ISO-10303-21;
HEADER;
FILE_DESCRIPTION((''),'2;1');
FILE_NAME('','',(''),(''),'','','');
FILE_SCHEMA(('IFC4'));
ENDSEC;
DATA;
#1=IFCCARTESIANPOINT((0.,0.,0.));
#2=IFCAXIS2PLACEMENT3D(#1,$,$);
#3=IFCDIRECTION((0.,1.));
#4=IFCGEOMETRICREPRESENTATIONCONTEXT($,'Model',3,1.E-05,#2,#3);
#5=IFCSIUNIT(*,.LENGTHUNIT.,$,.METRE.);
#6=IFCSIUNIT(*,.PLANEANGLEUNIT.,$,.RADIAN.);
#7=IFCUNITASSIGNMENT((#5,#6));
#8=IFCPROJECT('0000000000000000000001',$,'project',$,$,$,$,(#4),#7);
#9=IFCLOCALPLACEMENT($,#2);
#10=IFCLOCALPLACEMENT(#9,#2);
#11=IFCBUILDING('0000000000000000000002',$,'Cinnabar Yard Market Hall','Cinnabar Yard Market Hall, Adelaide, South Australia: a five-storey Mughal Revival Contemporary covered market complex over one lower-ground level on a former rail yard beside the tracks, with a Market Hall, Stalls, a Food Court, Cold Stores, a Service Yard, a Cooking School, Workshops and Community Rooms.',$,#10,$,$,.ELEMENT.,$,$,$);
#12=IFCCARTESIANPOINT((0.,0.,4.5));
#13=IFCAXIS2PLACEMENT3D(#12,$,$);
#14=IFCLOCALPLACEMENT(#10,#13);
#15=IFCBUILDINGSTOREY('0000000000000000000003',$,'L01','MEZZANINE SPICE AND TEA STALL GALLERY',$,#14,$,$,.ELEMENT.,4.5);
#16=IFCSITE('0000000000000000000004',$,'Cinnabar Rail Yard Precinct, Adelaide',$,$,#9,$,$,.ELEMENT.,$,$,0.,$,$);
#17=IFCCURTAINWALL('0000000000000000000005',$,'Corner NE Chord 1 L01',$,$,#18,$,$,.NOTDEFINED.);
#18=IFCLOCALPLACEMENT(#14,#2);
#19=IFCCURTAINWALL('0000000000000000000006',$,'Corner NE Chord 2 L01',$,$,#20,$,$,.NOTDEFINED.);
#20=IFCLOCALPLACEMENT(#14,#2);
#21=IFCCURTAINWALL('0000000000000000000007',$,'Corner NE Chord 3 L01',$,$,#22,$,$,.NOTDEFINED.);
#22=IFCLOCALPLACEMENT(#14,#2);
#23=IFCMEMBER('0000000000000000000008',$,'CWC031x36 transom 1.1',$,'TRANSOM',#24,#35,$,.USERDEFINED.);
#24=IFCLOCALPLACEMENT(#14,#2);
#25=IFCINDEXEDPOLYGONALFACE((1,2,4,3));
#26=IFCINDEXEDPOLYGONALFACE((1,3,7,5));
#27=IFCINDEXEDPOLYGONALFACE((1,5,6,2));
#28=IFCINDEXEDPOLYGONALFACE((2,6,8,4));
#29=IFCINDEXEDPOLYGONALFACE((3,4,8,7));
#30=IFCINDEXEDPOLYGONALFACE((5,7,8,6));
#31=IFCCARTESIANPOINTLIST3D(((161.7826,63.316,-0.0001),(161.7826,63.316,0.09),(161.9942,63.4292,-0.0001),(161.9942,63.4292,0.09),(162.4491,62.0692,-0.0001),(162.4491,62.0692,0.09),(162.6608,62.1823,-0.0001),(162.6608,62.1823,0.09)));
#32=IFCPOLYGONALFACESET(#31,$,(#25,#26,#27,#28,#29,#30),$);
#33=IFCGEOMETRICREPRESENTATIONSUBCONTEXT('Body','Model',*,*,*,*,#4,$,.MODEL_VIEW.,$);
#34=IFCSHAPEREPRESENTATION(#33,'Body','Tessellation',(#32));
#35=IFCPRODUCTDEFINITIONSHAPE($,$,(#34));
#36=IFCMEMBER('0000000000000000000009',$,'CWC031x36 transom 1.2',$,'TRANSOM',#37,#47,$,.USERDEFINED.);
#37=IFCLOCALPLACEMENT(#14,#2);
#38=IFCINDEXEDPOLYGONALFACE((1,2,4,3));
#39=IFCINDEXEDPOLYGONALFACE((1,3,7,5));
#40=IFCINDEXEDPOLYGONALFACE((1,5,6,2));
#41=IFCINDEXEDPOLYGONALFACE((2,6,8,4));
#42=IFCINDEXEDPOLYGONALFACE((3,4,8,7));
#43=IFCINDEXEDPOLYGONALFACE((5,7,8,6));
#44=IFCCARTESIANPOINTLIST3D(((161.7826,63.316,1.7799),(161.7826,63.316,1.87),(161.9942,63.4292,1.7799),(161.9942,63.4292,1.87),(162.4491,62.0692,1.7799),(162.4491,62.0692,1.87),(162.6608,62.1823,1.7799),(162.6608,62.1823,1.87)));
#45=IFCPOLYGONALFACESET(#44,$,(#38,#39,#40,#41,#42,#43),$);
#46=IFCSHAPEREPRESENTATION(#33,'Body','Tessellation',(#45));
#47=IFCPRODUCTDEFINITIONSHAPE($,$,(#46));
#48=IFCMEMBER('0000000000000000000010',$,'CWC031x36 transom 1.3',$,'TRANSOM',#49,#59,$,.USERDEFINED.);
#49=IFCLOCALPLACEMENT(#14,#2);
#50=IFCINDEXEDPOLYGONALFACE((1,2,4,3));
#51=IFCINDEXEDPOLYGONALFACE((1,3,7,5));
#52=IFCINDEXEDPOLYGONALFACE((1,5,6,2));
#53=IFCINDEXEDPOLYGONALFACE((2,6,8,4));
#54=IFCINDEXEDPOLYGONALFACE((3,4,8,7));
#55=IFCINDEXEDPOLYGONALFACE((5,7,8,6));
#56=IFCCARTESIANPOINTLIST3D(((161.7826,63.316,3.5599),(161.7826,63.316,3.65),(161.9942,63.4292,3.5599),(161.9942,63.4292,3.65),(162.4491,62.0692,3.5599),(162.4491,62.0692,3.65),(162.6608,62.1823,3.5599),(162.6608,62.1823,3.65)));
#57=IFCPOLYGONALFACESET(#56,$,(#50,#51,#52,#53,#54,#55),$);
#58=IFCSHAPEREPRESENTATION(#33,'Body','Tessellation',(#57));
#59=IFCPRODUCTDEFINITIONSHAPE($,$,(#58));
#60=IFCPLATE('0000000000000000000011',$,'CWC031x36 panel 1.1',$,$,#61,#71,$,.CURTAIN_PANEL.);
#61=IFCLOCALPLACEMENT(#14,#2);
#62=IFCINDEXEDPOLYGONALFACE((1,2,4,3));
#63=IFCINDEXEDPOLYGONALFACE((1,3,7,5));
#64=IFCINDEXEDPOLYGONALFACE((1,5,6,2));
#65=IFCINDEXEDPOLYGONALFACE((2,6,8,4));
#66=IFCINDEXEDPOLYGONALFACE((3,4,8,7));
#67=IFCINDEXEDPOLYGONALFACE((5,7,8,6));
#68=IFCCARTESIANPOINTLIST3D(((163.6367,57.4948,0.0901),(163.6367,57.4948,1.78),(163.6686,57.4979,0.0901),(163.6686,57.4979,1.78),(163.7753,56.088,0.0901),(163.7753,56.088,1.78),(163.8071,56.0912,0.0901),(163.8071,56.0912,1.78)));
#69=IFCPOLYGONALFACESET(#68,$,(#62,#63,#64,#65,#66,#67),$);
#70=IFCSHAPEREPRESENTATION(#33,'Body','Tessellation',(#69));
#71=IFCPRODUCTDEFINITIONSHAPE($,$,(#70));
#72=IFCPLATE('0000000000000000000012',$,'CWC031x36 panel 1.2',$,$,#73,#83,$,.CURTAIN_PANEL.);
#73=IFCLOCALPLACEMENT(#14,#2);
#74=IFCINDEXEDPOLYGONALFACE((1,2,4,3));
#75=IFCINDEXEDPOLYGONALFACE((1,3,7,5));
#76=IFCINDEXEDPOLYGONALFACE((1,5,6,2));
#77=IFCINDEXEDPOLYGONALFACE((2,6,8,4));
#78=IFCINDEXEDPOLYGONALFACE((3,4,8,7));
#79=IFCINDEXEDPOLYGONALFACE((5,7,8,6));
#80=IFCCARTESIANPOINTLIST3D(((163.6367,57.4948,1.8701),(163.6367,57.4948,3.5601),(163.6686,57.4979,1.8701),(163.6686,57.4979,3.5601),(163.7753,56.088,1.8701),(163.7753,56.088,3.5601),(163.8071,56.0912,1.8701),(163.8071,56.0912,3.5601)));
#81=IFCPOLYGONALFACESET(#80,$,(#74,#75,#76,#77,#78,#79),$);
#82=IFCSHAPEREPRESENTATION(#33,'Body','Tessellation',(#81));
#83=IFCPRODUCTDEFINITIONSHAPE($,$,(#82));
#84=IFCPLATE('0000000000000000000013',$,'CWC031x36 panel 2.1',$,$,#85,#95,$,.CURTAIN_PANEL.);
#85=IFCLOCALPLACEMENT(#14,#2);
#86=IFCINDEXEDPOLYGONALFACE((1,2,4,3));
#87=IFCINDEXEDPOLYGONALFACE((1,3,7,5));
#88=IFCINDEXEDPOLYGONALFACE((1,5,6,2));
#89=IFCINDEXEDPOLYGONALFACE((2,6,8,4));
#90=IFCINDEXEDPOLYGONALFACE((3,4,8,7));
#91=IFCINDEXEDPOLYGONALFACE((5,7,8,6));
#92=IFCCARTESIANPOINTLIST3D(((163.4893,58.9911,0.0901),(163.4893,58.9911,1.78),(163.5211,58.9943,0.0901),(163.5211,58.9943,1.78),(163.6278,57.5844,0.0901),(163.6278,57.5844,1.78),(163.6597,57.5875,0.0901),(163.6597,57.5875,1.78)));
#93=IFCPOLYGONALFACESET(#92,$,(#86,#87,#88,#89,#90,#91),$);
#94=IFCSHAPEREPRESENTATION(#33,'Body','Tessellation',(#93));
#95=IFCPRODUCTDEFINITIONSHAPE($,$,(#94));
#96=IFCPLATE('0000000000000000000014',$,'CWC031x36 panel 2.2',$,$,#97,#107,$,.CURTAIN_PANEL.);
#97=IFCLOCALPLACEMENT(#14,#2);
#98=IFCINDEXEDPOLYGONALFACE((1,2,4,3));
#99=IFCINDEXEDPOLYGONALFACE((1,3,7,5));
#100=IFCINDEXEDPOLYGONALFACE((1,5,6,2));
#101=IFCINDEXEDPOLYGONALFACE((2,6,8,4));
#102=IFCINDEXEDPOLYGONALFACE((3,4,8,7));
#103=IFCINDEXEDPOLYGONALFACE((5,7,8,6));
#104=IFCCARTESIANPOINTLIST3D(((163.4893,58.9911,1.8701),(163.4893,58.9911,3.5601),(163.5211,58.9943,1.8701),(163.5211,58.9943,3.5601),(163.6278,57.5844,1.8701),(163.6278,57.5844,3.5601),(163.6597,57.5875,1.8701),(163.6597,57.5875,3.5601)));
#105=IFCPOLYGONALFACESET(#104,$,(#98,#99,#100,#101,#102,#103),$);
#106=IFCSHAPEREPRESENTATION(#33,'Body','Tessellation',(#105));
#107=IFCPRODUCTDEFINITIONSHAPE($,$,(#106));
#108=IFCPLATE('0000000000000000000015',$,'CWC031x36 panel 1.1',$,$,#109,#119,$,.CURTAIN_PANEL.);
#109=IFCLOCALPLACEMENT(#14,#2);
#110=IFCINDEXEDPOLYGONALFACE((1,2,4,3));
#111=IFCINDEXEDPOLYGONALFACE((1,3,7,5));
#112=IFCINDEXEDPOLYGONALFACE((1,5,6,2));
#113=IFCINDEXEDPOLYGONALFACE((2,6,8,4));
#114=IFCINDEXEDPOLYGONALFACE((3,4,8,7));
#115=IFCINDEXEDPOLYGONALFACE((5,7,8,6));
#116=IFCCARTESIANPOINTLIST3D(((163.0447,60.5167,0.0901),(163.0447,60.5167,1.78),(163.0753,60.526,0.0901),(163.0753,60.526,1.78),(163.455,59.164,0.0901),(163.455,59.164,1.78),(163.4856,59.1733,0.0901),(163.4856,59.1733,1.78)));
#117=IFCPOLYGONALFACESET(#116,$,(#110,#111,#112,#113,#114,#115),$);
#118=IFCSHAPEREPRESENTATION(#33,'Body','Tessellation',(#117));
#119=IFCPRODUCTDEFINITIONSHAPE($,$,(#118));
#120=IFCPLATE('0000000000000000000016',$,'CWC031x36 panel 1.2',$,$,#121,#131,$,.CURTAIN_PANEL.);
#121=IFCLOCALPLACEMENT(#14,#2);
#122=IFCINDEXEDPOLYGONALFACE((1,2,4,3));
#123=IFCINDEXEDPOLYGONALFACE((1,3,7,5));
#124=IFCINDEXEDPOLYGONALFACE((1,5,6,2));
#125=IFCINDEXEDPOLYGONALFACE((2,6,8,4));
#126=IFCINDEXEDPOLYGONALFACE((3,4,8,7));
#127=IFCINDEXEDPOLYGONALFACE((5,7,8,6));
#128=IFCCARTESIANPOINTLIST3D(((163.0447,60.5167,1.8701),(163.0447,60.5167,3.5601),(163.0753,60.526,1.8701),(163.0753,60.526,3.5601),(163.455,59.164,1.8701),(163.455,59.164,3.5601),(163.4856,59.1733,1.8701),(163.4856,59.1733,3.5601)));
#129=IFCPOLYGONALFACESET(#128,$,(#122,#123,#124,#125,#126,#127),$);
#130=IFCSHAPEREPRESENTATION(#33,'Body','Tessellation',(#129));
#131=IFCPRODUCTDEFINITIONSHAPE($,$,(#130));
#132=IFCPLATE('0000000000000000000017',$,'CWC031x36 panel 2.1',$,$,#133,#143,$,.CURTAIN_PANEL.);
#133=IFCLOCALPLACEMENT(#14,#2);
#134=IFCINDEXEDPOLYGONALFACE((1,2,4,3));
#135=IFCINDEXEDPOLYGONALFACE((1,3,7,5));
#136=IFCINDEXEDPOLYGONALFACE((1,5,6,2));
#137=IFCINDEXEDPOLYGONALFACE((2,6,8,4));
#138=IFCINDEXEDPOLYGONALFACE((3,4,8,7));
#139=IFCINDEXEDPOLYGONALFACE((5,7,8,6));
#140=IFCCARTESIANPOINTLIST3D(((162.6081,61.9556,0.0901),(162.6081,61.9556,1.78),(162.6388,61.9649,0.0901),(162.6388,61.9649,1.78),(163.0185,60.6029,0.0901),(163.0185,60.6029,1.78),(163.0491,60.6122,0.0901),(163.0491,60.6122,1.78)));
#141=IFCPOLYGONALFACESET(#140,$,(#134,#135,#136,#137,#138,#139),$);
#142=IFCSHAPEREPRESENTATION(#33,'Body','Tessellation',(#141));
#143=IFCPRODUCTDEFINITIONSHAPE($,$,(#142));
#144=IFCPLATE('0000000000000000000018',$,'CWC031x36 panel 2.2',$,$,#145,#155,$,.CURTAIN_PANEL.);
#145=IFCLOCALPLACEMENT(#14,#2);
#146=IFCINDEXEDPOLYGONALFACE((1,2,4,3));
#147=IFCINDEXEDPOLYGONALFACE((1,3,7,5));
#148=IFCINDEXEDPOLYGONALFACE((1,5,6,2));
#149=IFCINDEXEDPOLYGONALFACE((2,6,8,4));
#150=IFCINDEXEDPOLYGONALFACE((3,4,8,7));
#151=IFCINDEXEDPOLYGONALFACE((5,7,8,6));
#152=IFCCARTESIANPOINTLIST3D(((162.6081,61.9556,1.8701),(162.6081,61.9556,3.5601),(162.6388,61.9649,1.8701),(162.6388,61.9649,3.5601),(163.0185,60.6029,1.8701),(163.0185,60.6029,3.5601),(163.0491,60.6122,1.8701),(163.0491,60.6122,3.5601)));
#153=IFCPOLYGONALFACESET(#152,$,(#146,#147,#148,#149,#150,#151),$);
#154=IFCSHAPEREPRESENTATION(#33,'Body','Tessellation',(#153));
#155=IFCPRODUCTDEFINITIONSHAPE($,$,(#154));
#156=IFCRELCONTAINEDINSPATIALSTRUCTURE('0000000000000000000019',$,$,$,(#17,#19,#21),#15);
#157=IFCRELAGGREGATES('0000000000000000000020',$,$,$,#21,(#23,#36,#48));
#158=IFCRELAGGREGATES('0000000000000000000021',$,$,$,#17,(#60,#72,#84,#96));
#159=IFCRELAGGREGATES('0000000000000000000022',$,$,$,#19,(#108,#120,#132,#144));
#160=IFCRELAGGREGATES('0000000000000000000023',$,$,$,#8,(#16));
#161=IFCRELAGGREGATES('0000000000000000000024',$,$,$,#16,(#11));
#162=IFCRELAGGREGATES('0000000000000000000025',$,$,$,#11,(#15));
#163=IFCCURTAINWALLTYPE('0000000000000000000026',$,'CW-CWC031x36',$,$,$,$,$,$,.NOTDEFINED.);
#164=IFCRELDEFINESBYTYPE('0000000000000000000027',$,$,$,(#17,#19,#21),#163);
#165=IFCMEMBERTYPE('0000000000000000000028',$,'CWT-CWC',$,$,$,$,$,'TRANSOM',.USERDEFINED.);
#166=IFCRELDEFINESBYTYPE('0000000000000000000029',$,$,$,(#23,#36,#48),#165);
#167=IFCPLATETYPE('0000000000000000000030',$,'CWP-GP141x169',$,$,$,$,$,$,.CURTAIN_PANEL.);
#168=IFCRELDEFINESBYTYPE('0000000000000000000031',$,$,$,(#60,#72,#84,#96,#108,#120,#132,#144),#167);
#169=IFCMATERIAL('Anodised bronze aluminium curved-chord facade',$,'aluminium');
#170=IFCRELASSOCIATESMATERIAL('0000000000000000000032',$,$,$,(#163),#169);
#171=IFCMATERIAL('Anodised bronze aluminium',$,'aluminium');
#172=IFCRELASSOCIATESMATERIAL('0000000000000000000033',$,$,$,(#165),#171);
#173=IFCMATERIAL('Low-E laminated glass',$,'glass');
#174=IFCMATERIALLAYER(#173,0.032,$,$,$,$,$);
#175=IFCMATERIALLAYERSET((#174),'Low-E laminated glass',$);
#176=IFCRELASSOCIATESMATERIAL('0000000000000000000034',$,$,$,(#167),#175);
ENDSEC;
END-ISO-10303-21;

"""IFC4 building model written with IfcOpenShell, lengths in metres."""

from ifc_helpers import new_model, si_unit, direction, frame, origin, origin_2d_with_axis, place, context, subcontext, project, spatial, rectangle, extrude, material, layer, layer_set, material_profile, profile_set, type_object, element, aggregate, save


model = new_model("IFC4")

# Units and contexts
model_context = context("Model", 3, precision=1e-05, world=origin(), true_north=direction((0.0, 1.0)))
body_context = subcontext(model_context, "Body", "Model", "MODEL_VIEW")
ifc_project = project(units=[si_unit("LENGTHUNIT", "METRE"), si_unit("PLANEANGLEUNIT", "RADIAN")], contexts=[model_context])

# Site, building, storey
site_placement = place(None, origin())
site = spatial("IfcSite", under=ifc_project, at=site_placement, Name="Cinnabar Rail Yard Precinct, Adelaide", CompositionType="ELEMENT", RefElevation=0.0)
building_placement = place(site_placement, origin())
building = spatial("IfcBuilding", under=site, at=building_placement, Name="Cinnabar Yard Market Hall", Description="Cinnabar Yard Market Hall, Adelaide, South Australia: a five-storey Mughal Revival Contemporary covered market complex over one lower-ground level on a former rail yard beside the tracks, with a Market Hall, Stalls, a Food Court, Cold Stores, a Service Yard, a Cooking School, Workshops and Community Rooms.", CompositionType="ELEMENT")
storey_placement = place(building_placement, frame((0.0, 0.0, 4.5)))
storey = spatial("IfcBuildingStorey", under=building, at=storey_placement, Name="L01", Description="MEZZANINE SPICE AND TEA STALL GALLERY", CompositionType="ELEMENT", Elevation=4.5)

# Curtain walls
ifc_material_1 = material(Name="Anodised bronze aluminium curved-chord facade", Category="aluminium")
curtain_wall_type_1 = type_object("IfcCurtainWallType", Name="CW-CWC031x36", PredefinedType="NOTDEFINED", material=ifc_material_1)
curtain_wall_1_placement = place(storey_placement, origin())
curtain_wall_1 = element("IfcCurtainWall", 1, at=curtain_wall_1_placement, inside=storey, type_object=curtain_wall_type_1, Name="Corner NE Chord 1 L01", PredefinedType="NOTDEFINED")
ifc_material_2 = material(Name="Anodised bronze aluminium", Category="aluminium")
curtain_wall_2_placement = place(storey_placement, origin())
curtain_wall_2 = element("IfcCurtainWall", 2, at=curtain_wall_2_placement, inside=storey, type_object=curtain_wall_type_1, Name="Corner NE Chord 2 L01", PredefinedType="NOTDEFINED")

# Curtain wall
curtain_wall_3_placement = place(storey_placement, origin())
curtain_wall_3 = element("IfcCurtainWall", 3, at=curtain_wall_3_placement, inside=storey, type_object=curtain_wall_type_1, Name="Corner NE Chord 3 L01", PredefinedType="NOTDEFINED")

# Members
ifc_material_profile_1 = material_profile(ifc_material_2, rectangle(XDim=0.24, YDim=0.0901, at=origin_2d_with_axis()), Name="TRN-CWC")
ifc_profile_set_1 = profile_set([ifc_material_profile_1], Name="Anodised bronze aluminium")
member_type_1 = type_object("IfcMemberType", Name="CWT-CWC", ElementType="TRANSOM", PredefinedType="USERDEFINED", material=ifc_profile_set_1)
member_1_placement = place(storey_placement, frame((162.5549, 62.1257, 0.0449), z_axis=(-0.471431, 0.881903, 0.0), x_axis=(-0.881903, -0.471431, 0.0)))
member_1 = element("IfcMember", 4, at=member_1_placement, type_object=member_type_1, Name="CWC031x36 transom 1.1", ObjectType="TRANSOM", PredefinedType="USERDEFINED", context=body_context, shape_type="SweptSolid", body=[
    extrude(rectangle(XDim=0.24, YDim=0.0901, at=origin_2d_with_axis()), origin(), (0.0, 0.0, 1.0), 1.4138),
])
member_2_placement = place(storey_placement, frame((162.5549, 62.1257, 1.825), z_axis=(-0.471431, 0.881903, 0.0), x_axis=(-0.881903, -0.471431, 0.0)))
member_2 = element("IfcMember", 5, at=member_2_placement, type_object=member_type_1, Name="CWC031x36 transom 1.2", ObjectType="TRANSOM", PredefinedType="USERDEFINED", context=body_context, shape_type="SweptSolid", body=[
    extrude(rectangle(XDim=0.24, YDim=0.0901, at=origin_2d_with_axis()), origin(), (0.0, 0.0, 1.0), 1.4138),
])
member_3_placement = place(storey_placement, frame((162.5549, 62.1257, 3.605), z_axis=(-0.471431, 0.881903, 0.0), x_axis=(-0.881903, -0.471431, 0.0)))
member_3 = element("IfcMember", 6, at=member_3_placement, type_object=member_type_1, Name="CWC031x36 transom 1.3", ObjectType="TRANSOM", PredefinedType="USERDEFINED", context=body_context, shape_type="SweptSolid", body=[
    extrude(rectangle(XDim=0.24, YDim=0.0901, at=origin_2d_with_axis()), origin(), (0.0, 0.0, 1.0), 1.4138),
])
aggregate(curtain_wall_3, [member_1, member_2, member_3])

# Plates
ifc_material_3 = material(Name="Low-E laminated glass", Category="glass")
ifc_layer = layer(ifc_material_3, 0.032)
ifc_layer_set = layer_set([ifc_layer], Name="Low-E laminated glass")
plate_type = type_object("IfcPlateType", Name="CWP-GP141x169", PredefinedType="CURTAIN_PANEL", material=ifc_layer_set)
plate_1_placement = place(storey_placement, frame((163.7219, 56.793, 0.0901), z_axis=(0.0, 0.0, 1.0), x_axis=(-0.09802, 0.995184, 0.0)))
plate_1 = element("IfcPlate", 7, at=plate_1_placement, type_object=plate_type, Name="CWC031x36 panel 1.1", PredefinedType="CURTAIN_PANEL", context=body_context, shape_type="SweptSolid", body=[
    extrude(rectangle(XDim=1.4136, YDim=0.032, at=origin_2d_with_axis()), origin(), (0.0, 0.0, 1.0), 1.6899),
])
plate_2_placement = place(storey_placement, frame((163.7219, 56.793, 1.8701), z_axis=(0.0, 0.0, 1.0), x_axis=(-0.09802, 0.995184, 0.0)))
plate_2 = element("IfcPlate", 8, at=plate_2_placement, type_object=plate_type, Name="CWC031x36 panel 1.2", PredefinedType="CURTAIN_PANEL", context=body_context, shape_type="SweptSolid", body=[
    extrude(rectangle(XDim=1.4136, YDim=0.032, at=origin_2d_with_axis()), origin(), (0.0, 0.0, 1.0), 1.6899),
])
plate_3_placement = place(storey_placement, frame((163.5745, 58.2893, 0.0901), z_axis=(0.0, 0.0, 1.0), x_axis=(-0.09802, 0.995184, 0.0)))
plate_3 = element("IfcPlate", 9, at=plate_3_placement, type_object=plate_type, Name="CWC031x36 panel 2.1", PredefinedType="CURTAIN_PANEL", context=body_context, shape_type="SweptSolid", body=[
    extrude(rectangle(XDim=1.4136, YDim=0.032, at=origin_2d_with_axis()), origin(), (0.0, 0.0, 1.0), 1.6899),
])
plate_4_placement = place(storey_placement, frame((163.5745, 58.2893, 1.8701), z_axis=(0.0, 0.0, 1.0), x_axis=(-0.09802, 0.995184, 0.0)))
plate_4 = element("IfcPlate", 10, at=plate_4_placement, type_object=plate_type, Name="CWC031x36 panel 2.2", PredefinedType="CURTAIN_PANEL", context=body_context, shape_type="SweptSolid", body=[
    extrude(rectangle(XDim=1.4136, YDim=0.032, at=origin_2d_with_axis()), origin(), (0.0, 0.0, 1.0), 1.6899),
])
aggregate(curtain_wall_1, [plate_1, plate_2, plate_3, plate_4])
plate_5_placement = place(storey_placement, frame((163.2651, 59.845, 0.0901), z_axis=(0.0, 0.0, 1.0), x_axis=(-0.290279, 0.956942, 0.0)))
plate_5 = element("IfcPlate", 11, at=plate_5_placement, type_object=plate_type, Name="CWC031x36 panel 1.1", PredefinedType="CURTAIN_PANEL", context=body_context, shape_type="SweptSolid", body=[
    extrude(rectangle(XDim=1.4136, YDim=0.032, at=origin_2d_with_axis()), origin(), (0.0, 0.0, 1.0), 1.6899),
])
plate_6_placement = place(storey_placement, frame((163.2651, 59.845, 1.8701), z_axis=(0.0, 0.0, 1.0), x_axis=(-0.290279, 0.956942, 0.0)))
plate_6 = element("IfcPlate", 12, at=plate_6_placement, type_object=plate_type, Name="CWC031x36 panel 1.2", PredefinedType="CURTAIN_PANEL", context=body_context, shape_type="SweptSolid", body=[
    extrude(rectangle(XDim=1.4136, YDim=0.032, at=origin_2d_with_axis()), origin(), (0.0, 0.0, 1.0), 1.6899),
])
plate_7_placement = place(storey_placement, frame((162.8286, 61.2839, 0.0901), z_axis=(0.0, 0.0, 1.0), x_axis=(-0.290279, 0.956942, 0.0)))
plate_7 = element("IfcPlate", 13, at=plate_7_placement, type_object=plate_type, Name="CWC031x36 panel 2.1", PredefinedType="CURTAIN_PANEL", context=body_context, shape_type="SweptSolid", body=[
    extrude(rectangle(XDim=1.4136, YDim=0.032, at=origin_2d_with_axis()), origin(), (0.0, 0.0, 1.0), 1.6899),
])
plate_8_placement = place(storey_placement, frame((162.8286, 61.2839, 1.8701), z_axis=(0.0, 0.0, 1.0), x_axis=(-0.290279, 0.956942, 0.0)))
plate_8 = element("IfcPlate", 14, at=plate_8_placement, type_object=plate_type, Name="CWC031x36 panel 2.2", PredefinedType="CURTAIN_PANEL", context=body_context, shape_type="SweptSolid", body=[
    extrude(rectangle(XDim=1.4136, YDim=0.032, at=origin_2d_with_axis()), origin(), (0.0, 0.0, 1.0), 1.6899),
])
aggregate(curtain_wall_2, [plate_5, plate_6, plate_7, plate_8])

save(model, "model.ifc")
